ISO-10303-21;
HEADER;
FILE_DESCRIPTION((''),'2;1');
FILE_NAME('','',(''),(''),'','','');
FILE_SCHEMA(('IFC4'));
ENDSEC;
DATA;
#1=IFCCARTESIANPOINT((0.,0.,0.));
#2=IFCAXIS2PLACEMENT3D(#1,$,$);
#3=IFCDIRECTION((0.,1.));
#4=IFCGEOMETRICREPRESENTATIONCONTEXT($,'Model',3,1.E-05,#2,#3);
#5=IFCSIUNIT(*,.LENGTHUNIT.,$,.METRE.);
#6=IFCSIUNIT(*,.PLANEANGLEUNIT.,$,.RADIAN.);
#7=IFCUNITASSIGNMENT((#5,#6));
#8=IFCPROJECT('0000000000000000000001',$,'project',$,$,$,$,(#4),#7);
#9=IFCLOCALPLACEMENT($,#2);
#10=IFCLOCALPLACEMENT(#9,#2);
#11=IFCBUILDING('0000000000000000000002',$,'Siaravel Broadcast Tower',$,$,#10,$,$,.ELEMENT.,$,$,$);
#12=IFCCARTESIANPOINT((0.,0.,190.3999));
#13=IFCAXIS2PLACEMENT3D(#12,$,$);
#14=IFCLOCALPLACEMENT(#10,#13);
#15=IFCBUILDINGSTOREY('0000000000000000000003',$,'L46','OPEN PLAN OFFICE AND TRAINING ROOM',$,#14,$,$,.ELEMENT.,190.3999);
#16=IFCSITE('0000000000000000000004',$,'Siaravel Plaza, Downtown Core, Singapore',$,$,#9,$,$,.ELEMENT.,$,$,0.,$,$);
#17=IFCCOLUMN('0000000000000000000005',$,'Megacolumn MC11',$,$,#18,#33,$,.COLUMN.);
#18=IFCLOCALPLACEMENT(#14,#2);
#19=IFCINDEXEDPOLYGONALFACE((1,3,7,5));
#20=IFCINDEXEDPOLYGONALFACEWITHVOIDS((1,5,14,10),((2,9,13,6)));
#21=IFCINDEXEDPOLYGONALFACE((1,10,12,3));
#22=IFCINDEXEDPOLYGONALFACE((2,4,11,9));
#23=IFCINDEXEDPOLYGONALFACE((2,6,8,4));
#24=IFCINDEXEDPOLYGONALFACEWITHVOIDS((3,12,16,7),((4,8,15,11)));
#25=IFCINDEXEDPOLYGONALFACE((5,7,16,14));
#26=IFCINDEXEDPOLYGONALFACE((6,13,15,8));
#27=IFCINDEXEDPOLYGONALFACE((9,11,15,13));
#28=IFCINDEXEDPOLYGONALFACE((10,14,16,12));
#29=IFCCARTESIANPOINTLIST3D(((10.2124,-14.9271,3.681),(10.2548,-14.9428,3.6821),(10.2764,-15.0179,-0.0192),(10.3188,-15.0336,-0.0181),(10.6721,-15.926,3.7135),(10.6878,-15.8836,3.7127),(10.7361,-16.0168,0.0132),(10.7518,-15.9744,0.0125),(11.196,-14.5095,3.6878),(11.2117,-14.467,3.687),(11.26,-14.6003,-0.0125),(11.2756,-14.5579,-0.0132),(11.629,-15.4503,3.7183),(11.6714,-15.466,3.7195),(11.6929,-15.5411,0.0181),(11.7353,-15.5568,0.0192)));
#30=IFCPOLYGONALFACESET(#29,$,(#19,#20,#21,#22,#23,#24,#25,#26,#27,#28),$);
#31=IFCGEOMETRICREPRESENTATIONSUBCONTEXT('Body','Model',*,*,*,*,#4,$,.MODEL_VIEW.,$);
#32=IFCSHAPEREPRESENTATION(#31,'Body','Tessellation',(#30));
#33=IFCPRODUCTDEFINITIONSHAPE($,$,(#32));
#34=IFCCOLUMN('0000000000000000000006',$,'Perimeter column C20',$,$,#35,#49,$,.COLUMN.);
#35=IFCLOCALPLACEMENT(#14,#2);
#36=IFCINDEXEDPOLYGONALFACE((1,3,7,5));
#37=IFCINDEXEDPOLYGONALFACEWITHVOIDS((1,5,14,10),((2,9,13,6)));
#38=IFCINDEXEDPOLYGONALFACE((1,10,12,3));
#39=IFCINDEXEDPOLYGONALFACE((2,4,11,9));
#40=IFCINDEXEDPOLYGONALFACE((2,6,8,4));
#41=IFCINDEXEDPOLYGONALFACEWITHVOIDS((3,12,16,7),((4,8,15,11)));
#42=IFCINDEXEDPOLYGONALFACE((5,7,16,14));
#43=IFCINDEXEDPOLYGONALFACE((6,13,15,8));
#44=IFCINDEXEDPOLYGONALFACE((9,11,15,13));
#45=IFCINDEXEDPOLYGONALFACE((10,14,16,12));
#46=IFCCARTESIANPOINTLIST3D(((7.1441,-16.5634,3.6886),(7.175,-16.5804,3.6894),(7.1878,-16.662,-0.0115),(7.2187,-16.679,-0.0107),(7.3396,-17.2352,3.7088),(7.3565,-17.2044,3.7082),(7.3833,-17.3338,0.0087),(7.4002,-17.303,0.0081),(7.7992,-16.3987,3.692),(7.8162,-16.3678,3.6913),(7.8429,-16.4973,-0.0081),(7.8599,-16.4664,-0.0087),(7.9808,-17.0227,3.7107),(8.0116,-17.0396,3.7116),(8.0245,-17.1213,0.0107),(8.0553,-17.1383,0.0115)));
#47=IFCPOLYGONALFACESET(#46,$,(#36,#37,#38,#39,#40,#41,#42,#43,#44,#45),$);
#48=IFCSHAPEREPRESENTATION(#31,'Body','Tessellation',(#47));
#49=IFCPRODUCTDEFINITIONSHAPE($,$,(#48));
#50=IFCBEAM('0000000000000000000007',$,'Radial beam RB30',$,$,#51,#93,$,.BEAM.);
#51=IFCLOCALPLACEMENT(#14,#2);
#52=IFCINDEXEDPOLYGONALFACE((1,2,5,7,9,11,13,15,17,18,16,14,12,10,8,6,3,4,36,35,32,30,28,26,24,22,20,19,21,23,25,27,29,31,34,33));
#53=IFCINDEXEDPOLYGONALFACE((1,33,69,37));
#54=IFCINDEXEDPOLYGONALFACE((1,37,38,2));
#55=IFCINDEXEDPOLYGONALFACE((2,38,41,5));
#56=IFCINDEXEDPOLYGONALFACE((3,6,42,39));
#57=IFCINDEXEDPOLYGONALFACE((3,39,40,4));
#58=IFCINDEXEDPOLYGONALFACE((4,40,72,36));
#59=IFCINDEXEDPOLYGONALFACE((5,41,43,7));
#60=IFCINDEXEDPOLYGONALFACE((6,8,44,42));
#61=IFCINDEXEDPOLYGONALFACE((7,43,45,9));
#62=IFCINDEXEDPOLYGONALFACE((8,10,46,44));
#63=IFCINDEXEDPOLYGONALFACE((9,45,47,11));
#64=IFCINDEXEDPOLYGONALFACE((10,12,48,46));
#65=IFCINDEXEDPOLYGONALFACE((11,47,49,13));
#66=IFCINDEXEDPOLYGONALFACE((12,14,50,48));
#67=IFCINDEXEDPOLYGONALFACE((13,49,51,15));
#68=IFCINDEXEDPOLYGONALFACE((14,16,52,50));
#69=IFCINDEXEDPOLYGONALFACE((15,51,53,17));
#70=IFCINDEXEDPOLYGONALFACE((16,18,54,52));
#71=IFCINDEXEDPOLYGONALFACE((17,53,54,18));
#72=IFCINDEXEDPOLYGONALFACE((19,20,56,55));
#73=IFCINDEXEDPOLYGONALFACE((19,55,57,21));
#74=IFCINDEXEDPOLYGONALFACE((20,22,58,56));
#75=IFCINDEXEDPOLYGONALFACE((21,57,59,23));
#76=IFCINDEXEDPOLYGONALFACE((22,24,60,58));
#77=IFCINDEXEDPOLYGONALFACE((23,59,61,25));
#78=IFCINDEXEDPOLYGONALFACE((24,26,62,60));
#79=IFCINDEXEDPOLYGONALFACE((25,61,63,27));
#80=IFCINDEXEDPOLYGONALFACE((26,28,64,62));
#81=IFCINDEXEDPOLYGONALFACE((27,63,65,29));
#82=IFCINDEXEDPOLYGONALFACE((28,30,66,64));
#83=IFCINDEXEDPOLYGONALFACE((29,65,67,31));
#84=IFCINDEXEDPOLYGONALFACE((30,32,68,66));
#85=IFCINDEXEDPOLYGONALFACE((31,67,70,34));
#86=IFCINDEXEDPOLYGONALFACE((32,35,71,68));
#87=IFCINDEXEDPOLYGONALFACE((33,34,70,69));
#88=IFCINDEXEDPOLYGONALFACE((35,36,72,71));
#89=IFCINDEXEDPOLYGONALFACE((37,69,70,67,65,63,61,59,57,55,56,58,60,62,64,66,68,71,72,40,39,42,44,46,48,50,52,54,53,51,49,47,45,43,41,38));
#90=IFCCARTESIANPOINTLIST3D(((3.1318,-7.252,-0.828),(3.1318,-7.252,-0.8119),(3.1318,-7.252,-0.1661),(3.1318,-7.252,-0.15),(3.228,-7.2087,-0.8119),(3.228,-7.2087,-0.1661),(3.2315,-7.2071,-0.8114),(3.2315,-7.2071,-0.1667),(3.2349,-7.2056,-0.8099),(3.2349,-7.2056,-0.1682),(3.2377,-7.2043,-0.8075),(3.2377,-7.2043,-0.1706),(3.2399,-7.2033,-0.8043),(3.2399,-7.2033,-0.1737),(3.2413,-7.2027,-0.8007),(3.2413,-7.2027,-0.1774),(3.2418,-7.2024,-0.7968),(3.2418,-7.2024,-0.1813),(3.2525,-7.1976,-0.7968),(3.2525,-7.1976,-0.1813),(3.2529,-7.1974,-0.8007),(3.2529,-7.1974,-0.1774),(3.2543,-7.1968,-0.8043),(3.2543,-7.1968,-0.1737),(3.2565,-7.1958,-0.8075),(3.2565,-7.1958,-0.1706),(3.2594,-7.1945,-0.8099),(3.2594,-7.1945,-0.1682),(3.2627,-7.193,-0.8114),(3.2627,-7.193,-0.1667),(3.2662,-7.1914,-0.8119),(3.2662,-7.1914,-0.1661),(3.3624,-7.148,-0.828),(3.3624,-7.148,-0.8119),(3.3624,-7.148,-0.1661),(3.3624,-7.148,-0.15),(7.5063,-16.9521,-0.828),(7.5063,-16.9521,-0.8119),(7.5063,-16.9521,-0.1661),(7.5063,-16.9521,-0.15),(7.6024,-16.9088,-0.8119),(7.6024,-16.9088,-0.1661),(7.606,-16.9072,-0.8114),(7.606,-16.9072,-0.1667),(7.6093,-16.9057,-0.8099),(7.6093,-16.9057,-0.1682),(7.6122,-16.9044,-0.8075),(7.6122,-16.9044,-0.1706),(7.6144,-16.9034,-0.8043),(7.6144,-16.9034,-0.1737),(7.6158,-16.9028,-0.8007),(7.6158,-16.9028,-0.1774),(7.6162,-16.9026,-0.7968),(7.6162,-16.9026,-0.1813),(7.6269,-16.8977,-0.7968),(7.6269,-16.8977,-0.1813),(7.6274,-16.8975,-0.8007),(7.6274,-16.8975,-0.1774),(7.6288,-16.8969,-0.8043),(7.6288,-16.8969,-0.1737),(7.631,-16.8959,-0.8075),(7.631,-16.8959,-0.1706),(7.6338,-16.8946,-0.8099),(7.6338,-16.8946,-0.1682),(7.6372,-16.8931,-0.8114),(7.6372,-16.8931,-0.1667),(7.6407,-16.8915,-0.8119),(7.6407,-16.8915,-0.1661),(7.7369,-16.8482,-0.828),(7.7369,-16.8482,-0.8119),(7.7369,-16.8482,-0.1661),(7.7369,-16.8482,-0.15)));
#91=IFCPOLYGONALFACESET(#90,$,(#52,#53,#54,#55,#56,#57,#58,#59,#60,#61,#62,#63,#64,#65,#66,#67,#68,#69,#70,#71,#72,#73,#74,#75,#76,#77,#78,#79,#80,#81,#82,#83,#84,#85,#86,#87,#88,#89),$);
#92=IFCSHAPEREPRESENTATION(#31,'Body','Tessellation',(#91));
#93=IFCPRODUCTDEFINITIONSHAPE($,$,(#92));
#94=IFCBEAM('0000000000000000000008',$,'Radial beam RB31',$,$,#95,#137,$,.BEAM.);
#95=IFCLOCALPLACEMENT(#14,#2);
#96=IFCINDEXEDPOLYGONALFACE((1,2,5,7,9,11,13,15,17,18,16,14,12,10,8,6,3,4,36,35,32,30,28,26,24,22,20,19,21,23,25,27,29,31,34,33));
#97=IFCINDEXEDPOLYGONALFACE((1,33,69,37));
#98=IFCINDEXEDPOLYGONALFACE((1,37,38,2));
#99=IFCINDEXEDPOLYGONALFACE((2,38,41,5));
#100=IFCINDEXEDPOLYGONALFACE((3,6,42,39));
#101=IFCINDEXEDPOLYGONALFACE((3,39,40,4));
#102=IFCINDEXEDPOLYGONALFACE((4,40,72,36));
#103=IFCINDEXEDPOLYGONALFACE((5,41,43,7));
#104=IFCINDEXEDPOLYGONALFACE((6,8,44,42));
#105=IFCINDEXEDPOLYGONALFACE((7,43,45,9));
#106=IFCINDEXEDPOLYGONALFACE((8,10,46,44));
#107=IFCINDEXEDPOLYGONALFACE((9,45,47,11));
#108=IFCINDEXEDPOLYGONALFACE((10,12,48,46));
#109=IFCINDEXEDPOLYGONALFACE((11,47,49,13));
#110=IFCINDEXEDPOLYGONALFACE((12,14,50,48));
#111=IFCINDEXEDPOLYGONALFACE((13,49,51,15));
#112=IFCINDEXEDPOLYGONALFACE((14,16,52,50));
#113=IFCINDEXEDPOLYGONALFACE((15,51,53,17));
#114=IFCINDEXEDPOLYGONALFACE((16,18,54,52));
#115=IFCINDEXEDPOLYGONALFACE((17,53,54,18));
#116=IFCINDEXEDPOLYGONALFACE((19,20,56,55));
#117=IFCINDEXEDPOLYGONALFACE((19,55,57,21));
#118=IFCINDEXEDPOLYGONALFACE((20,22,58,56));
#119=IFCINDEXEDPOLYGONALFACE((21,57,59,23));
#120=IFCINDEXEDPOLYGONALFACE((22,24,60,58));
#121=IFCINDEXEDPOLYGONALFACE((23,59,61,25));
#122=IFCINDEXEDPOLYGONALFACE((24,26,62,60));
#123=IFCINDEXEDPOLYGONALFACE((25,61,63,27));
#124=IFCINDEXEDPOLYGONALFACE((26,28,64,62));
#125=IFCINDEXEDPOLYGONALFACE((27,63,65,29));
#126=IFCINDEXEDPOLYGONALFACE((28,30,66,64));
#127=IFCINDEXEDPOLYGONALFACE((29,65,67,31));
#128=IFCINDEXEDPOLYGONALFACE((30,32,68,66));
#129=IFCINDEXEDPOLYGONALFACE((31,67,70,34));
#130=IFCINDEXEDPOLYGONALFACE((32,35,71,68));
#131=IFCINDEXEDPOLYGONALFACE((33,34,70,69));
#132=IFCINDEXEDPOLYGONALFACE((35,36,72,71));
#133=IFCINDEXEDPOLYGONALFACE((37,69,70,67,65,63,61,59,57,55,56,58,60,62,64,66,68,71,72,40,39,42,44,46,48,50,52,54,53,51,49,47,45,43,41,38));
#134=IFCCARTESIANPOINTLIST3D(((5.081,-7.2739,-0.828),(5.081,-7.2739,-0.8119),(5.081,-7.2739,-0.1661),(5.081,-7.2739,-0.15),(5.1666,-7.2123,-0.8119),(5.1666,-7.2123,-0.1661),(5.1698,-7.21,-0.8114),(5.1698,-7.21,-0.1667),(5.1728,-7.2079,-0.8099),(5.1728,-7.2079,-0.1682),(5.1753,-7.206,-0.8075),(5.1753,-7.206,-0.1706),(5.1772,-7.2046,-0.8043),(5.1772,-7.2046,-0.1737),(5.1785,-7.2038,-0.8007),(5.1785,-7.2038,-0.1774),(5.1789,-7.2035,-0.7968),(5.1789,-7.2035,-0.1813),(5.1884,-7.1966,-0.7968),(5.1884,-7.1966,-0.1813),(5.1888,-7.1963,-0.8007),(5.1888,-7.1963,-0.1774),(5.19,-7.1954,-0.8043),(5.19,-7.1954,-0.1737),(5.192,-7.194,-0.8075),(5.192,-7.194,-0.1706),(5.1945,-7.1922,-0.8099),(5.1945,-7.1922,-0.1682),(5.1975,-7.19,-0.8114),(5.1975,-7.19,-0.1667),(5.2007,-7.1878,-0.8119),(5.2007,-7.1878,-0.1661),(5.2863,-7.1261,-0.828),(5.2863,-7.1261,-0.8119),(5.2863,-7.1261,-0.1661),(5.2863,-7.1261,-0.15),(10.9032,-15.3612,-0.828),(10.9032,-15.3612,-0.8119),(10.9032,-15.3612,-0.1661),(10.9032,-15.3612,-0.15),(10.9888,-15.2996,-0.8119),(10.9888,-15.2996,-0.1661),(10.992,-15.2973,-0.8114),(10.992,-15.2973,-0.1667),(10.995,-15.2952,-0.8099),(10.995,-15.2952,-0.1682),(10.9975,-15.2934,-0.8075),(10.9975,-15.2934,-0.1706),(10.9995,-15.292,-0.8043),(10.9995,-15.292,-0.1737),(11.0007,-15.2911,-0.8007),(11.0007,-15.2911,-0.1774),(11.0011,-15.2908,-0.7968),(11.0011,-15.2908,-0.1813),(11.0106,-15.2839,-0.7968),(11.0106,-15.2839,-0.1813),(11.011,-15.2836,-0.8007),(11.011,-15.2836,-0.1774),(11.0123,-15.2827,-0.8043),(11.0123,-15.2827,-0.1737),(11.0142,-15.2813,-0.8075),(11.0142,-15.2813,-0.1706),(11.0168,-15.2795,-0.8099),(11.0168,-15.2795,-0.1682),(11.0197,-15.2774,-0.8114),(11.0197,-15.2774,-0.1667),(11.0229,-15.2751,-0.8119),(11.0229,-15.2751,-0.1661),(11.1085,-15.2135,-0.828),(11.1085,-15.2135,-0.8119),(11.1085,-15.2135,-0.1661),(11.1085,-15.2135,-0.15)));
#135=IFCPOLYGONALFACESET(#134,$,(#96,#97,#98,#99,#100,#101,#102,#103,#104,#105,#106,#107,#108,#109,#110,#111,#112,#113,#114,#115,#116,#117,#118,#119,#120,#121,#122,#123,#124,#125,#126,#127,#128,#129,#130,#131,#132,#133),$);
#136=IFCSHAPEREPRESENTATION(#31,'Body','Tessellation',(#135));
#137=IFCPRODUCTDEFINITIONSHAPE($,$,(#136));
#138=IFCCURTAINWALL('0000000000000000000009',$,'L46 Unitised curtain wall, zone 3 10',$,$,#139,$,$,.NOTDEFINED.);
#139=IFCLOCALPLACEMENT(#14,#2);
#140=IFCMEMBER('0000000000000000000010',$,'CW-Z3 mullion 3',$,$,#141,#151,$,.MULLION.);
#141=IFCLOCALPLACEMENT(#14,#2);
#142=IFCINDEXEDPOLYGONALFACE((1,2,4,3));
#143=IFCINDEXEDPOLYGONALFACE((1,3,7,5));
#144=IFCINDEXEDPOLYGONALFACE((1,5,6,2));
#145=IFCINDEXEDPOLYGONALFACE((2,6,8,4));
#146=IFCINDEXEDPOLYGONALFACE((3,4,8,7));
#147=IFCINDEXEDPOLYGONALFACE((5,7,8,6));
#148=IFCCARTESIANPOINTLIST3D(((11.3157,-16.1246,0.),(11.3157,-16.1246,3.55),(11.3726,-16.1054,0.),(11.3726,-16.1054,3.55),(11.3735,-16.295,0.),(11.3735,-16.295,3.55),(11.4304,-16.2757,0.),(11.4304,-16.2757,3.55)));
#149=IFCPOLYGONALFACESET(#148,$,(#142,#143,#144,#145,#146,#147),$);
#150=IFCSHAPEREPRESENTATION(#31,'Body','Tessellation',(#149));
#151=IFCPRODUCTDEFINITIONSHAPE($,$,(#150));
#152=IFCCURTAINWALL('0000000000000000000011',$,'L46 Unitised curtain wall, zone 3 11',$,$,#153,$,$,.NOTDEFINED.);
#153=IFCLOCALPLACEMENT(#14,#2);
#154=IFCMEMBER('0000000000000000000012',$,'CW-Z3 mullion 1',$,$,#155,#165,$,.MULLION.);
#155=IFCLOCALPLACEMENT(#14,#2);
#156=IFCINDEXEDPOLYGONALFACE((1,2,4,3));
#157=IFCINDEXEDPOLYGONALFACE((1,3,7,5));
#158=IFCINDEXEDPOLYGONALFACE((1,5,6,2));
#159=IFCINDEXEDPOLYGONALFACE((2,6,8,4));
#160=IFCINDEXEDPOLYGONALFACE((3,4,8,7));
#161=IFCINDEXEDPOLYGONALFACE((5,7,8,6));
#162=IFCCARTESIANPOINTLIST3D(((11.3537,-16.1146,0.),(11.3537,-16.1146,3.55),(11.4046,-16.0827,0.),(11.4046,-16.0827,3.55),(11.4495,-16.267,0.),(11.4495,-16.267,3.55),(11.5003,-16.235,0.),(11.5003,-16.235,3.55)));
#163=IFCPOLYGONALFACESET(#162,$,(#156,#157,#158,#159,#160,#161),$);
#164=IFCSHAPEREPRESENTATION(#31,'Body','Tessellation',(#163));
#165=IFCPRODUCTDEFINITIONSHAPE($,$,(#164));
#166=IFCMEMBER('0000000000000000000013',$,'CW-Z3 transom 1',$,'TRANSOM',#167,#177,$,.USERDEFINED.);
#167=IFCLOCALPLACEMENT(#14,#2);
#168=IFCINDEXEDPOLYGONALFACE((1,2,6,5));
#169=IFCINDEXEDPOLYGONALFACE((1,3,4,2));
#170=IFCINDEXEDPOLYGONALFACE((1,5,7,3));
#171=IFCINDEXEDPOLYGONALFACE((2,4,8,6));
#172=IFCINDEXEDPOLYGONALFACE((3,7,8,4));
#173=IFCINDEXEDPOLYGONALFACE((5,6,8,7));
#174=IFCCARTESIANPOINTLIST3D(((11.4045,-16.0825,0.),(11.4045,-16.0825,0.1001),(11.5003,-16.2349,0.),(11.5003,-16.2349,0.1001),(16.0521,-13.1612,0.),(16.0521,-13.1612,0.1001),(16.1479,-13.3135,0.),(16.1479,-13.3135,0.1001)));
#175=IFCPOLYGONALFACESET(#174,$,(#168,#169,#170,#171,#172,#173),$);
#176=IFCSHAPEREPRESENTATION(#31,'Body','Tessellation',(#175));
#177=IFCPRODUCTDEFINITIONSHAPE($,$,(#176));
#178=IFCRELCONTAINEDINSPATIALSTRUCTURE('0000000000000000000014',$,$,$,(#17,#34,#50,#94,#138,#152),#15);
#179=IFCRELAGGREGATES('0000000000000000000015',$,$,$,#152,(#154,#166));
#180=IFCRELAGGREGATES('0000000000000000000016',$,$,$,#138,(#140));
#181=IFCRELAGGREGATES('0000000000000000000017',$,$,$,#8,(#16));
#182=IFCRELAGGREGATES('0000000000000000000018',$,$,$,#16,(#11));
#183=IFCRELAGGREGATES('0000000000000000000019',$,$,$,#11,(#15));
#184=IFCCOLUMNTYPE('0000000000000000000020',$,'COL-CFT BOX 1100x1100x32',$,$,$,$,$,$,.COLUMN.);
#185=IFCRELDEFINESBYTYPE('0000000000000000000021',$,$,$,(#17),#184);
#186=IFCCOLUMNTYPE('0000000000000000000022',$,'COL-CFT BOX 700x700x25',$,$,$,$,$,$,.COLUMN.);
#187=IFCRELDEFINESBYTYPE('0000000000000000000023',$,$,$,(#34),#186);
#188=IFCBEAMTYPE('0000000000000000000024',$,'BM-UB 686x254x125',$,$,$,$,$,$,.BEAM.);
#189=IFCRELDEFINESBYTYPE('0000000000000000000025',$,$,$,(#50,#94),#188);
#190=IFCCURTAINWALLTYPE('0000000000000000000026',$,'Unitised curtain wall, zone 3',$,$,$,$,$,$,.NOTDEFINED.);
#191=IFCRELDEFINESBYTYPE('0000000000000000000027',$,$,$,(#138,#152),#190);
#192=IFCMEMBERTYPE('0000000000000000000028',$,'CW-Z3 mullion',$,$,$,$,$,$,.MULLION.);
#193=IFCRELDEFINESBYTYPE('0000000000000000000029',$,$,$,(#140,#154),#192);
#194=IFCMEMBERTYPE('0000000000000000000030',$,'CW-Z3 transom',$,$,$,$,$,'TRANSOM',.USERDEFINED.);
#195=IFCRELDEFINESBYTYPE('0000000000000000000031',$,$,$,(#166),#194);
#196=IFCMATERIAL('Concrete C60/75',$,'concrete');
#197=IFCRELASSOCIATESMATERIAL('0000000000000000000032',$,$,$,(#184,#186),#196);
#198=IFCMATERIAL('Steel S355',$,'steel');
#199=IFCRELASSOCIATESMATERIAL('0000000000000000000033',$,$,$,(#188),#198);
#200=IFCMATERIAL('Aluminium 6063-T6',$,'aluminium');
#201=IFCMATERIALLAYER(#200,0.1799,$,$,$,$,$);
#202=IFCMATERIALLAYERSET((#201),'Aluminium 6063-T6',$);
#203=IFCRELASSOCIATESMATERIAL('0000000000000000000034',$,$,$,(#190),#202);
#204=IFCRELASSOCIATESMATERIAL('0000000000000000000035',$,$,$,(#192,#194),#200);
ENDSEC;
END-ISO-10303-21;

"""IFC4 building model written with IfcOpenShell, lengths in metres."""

from ifc_helpers import new_model, si_unit, direction, frame, origin, origin_2d, place, context, subcontext, project, spatial, rectangle, hollow_rectangle, i_section, extrude, material, layer, layer_set, material_profile, profile_set, type_object, element, aggregate, save


model = new_model("IFC4")

# Units and contexts
model_context = context("Model", 3, precision=1e-05, world=origin(), true_north=direction((0.0, 1.0)))
body_context = subcontext(model_context, "Body", "Model", "MODEL_VIEW")
ifc_project = project(units=[si_unit("LENGTHUNIT", "METRE"), si_unit("PLANEANGLEUNIT", "RADIAN")], contexts=[model_context])

# Site, building, storey
site_placement = place(None, origin())
site = spatial("IfcSite", under=ifc_project, at=site_placement, Name="Siaravel Plaza, Downtown Core, Singapore", CompositionType="ELEMENT", RefElevation=0.0)
building_placement = place(site_placement, origin())
building = spatial("IfcBuilding", under=site, at=building_placement, Name="Siaravel Broadcast Tower", CompositionType="ELEMENT")
storey_placement = place(building_placement, frame((0.0, 0.0, 190.3999)))
storey = spatial("IfcBuildingStorey", under=building, at=storey_placement, Name="L46", Description="OPEN PLAN OFFICE AND TRAINING ROOM", CompositionType="ELEMENT", Elevation=190.3999)

# Columns
ifc_material_1 = material(Name="Concrete C60/75", Category="concrete")
ifc_material_profile_1 = material_profile(ifc_material_1, hollow_rectangle(XDim=1.1001, YDim=1.1001, WallThickness=0.032, at=origin_2d()))
ifc_profile_set_1 = profile_set([ifc_material_profile_1], Name="Concrete C60/75")
column_type_1 = type_object("IfcColumnType", Name="COL-CFT BOX 1100x1100x32", PredefinedType="COLUMN", material=ifc_profile_set_1)
column_1_placement = place(storey_placement, frame((11.0059, -15.2874, 0.0), z_axis=(-0.017279, 0.024534, 0.99955), x_axis=(-0.908344, -0.418189, -0.005438)))
element("IfcColumn", 1, at=column_1_placement, inside=storey, type_object=column_type_1, Name="Megacolumn MC11", PredefinedType="COLUMN", context=body_context, shape_type="SweptSolid", body=[
    extrude(hollow_rectangle(XDim=1.1001, YDim=1.1001, WallThickness=0.032, at=origin_2d()), origin(), (0.0, 0.0, 1.0), 3.7019),
])
ifc_material_profile_2 = material_profile(ifc_material_1, hollow_rectangle(XDim=0.7, YDim=0.7, WallThickness=0.0249, at=origin_2d()))
ifc_profile_set_2 = profile_set([ifc_material_profile_2], Name="Concrete C60/75")
column_type_2 = type_object("IfcColumnType", Name="COL-CFT BOX 700x700x25", PredefinedType="COLUMN", material=ifc_profile_set_2)
column_2_placement = place(storey_placement, frame((7.6216, -16.9001, 0.0), z_axis=(-0.011805, 0.026645, 0.999575), x_axis=(-0.960155, -0.27944, -0.003891)))
element("IfcColumn", 2, at=column_2_placement, inside=storey, type_object=column_type_2, Name="Perimeter column C20", PredefinedType="COLUMN", context=body_context, shape_type="SweptSolid", body=[
    extrude(hollow_rectangle(XDim=0.7, YDim=0.7, WallThickness=0.0249, at=origin_2d()), origin(), (0.0, 0.0, 1.0), 3.7017),
])

# Beams
ifc_material_2 = material(Name="Steel S355", Category="steel")
ifc_material_profile_3 = material_profile(ifc_material_2, i_section(OverallWidth=0.2529, OverallDepth=0.678, WebThickness=0.0117, FlangeThickness=0.0161, FilletRadius=0.0151, at=origin_2d()))
ifc_profile_set_3 = profile_set([ifc_material_profile_3], Name="Steel S355")
beam_type = type_object("IfcBeamType", Name="BM-UB 686x254x125", PredefinedType="BEAM", material=ifc_profile_set_3)
beam_1_placement = place(storey_placement, frame((7.6216, -16.9001, -0.489), z_axis=(-0.411101, 0.91159, 0.0), x_axis=(-0.91159, -0.411101, 0.0)))
element("IfcBeam", 3, at=beam_1_placement, inside=storey, type_object=beam_type, Name="Radial beam RB30", PredefinedType="BEAM", context=body_context, shape_type="SweptSolid", body=[
    extrude(i_section(OverallWidth=0.2529, OverallDepth=0.678, WebThickness=0.0117, FlangeThickness=0.0161, FilletRadius=0.0151, at=origin_2d()), origin(), (0.0, 0.0, 1.0), 10.6409),
])
beam_2_placement = place(storey_placement, frame((11.0059, -15.2874, -0.489), z_axis=(-0.584261, 0.811566, 0.0), x_axis=(-0.811566, -0.584261, 0.0)))
element("IfcBeam", 4, at=beam_2_placement, inside=storey, type_object=beam_type, Name="Radial beam RB31", PredefinedType="BEAM", context=body_context, shape_type="SweptSolid", body=[
    extrude(i_section(OverallWidth=0.2529, OverallDepth=0.678, WebThickness=0.0117, FlangeThickness=0.0161, FilletRadius=0.0151, at=origin_2d()), origin(), (0.0, 0.0, 1.0), 9.9651),
])

# Curtain wall, member
ifc_material_3 = material(Name="Aluminium 6063-T6", Category="aluminium")
ifc_layer_1 = layer(ifc_material_3, 0.1799)
ifc_layer_set_1 = layer_set([ifc_layer_1], Name="Aluminium 6063-T6")
curtain_wall_type = type_object("IfcCurtainWallType", Name="Unitised curtain wall, zone 3", PredefinedType="NOTDEFINED", material=ifc_layer_set_1)
curtain_wall_1_placement = place(storey_placement, origin())
curtain_wall_1 = element("IfcCurtainWall", 5, at=curtain_wall_1_placement, inside=storey, type_object=curtain_wall_type, Name="L46 Unitised curtain wall, zone 3 10", PredefinedType="NOTDEFINED")
ifc_material_profile_4 = material_profile(ifc_material_3, rectangle(XDim=0.1799, YDim=0.0601, at=origin_2d()))
ifc_profile_set_4 = profile_set([ifc_material_profile_4], Name="Aluminium 6063-T6")
member_type_1 = type_object("IfcMemberType", Name="CW-Z3 mullion", PredefinedType="MULLION", material=ifc_profile_set_4)
member_1_placement = place(storey_placement, frame((11.373, -16.2002, 0.0), z_axis=(0.0, 0.0, 1.0), x_axis=(-0.3213, 0.946977, 0.0)))
member_1 = element("IfcMember", 6, at=member_1_placement, type_object=member_type_1, Name="CW-Z3 mullion 3", PredefinedType="MULLION", context=body_context, shape_type="SweptSolid", body=[
    extrude(rectangle(XDim=0.1799, YDim=0.0601, at=origin_2d()), origin(), (0.0, 0.0, 1.0), 3.55),
])

# Curtain wall, members
curtain_wall_2_placement = place(storey_placement, origin())
curtain_wall_2 = element("IfcCurtainWall", 7, at=curtain_wall_2_placement, inside=storey, type_object=curtain_wall_type, Name="L46 Unitised curtain wall, zone 3 11", PredefinedType="NOTDEFINED")
member_2_placement = place(storey_placement, frame((11.427, -16.1748, 0.0), z_axis=(0.0, 0.0, 1.0), x_axis=(-0.532149, 0.846651, 0.0)))
member_2 = element("IfcMember", 8, at=member_2_placement, type_object=member_type_1, Name="CW-Z3 mullion 1", PredefinedType="MULLION", context=body_context, shape_type="SweptSolid", body=[
    extrude(rectangle(XDim=0.1799, YDim=0.0601, at=origin_2d()), origin(), (0.0, 0.0, 1.0), 3.55),
])
ifc_material_profile_5 = material_profile(ifc_material_3, rectangle(XDim=0.1799, YDim=0.1001, at=origin_2d()))
ifc_profile_set_5 = profile_set([ifc_material_profile_5], Name="Aluminium 6063-T6")
member_type_2 = type_object("IfcMemberType", Name="CW-Z3 transom", ElementType="TRANSOM", PredefinedType="USERDEFINED", material=ifc_profile_set_5)
member_3_placement = place(storey_placement, frame((11.4524, -16.1587, 0.05), z_axis=(0.846639, 0.532168, 0.0), x_axis=(-0.532168, 0.846639, 0.0)))
member_3 = element("IfcMember", 9, at=member_3_placement, type_object=member_type_2, Name="CW-Z3 transom 1", ObjectType="TRANSOM", PredefinedType="USERDEFINED", context=body_context, shape_type="SweptSolid", body=[
    extrude(rectangle(XDim=0.1799, YDim=0.1001, at=origin_2d()), origin(), (0.0, 0.0, 1.0), 5.4895),
])
aggregate(curtain_wall_2, [member_2, member_3])

aggregate(curtain_wall_1, [member_1])

save(model, "model.ifc")
